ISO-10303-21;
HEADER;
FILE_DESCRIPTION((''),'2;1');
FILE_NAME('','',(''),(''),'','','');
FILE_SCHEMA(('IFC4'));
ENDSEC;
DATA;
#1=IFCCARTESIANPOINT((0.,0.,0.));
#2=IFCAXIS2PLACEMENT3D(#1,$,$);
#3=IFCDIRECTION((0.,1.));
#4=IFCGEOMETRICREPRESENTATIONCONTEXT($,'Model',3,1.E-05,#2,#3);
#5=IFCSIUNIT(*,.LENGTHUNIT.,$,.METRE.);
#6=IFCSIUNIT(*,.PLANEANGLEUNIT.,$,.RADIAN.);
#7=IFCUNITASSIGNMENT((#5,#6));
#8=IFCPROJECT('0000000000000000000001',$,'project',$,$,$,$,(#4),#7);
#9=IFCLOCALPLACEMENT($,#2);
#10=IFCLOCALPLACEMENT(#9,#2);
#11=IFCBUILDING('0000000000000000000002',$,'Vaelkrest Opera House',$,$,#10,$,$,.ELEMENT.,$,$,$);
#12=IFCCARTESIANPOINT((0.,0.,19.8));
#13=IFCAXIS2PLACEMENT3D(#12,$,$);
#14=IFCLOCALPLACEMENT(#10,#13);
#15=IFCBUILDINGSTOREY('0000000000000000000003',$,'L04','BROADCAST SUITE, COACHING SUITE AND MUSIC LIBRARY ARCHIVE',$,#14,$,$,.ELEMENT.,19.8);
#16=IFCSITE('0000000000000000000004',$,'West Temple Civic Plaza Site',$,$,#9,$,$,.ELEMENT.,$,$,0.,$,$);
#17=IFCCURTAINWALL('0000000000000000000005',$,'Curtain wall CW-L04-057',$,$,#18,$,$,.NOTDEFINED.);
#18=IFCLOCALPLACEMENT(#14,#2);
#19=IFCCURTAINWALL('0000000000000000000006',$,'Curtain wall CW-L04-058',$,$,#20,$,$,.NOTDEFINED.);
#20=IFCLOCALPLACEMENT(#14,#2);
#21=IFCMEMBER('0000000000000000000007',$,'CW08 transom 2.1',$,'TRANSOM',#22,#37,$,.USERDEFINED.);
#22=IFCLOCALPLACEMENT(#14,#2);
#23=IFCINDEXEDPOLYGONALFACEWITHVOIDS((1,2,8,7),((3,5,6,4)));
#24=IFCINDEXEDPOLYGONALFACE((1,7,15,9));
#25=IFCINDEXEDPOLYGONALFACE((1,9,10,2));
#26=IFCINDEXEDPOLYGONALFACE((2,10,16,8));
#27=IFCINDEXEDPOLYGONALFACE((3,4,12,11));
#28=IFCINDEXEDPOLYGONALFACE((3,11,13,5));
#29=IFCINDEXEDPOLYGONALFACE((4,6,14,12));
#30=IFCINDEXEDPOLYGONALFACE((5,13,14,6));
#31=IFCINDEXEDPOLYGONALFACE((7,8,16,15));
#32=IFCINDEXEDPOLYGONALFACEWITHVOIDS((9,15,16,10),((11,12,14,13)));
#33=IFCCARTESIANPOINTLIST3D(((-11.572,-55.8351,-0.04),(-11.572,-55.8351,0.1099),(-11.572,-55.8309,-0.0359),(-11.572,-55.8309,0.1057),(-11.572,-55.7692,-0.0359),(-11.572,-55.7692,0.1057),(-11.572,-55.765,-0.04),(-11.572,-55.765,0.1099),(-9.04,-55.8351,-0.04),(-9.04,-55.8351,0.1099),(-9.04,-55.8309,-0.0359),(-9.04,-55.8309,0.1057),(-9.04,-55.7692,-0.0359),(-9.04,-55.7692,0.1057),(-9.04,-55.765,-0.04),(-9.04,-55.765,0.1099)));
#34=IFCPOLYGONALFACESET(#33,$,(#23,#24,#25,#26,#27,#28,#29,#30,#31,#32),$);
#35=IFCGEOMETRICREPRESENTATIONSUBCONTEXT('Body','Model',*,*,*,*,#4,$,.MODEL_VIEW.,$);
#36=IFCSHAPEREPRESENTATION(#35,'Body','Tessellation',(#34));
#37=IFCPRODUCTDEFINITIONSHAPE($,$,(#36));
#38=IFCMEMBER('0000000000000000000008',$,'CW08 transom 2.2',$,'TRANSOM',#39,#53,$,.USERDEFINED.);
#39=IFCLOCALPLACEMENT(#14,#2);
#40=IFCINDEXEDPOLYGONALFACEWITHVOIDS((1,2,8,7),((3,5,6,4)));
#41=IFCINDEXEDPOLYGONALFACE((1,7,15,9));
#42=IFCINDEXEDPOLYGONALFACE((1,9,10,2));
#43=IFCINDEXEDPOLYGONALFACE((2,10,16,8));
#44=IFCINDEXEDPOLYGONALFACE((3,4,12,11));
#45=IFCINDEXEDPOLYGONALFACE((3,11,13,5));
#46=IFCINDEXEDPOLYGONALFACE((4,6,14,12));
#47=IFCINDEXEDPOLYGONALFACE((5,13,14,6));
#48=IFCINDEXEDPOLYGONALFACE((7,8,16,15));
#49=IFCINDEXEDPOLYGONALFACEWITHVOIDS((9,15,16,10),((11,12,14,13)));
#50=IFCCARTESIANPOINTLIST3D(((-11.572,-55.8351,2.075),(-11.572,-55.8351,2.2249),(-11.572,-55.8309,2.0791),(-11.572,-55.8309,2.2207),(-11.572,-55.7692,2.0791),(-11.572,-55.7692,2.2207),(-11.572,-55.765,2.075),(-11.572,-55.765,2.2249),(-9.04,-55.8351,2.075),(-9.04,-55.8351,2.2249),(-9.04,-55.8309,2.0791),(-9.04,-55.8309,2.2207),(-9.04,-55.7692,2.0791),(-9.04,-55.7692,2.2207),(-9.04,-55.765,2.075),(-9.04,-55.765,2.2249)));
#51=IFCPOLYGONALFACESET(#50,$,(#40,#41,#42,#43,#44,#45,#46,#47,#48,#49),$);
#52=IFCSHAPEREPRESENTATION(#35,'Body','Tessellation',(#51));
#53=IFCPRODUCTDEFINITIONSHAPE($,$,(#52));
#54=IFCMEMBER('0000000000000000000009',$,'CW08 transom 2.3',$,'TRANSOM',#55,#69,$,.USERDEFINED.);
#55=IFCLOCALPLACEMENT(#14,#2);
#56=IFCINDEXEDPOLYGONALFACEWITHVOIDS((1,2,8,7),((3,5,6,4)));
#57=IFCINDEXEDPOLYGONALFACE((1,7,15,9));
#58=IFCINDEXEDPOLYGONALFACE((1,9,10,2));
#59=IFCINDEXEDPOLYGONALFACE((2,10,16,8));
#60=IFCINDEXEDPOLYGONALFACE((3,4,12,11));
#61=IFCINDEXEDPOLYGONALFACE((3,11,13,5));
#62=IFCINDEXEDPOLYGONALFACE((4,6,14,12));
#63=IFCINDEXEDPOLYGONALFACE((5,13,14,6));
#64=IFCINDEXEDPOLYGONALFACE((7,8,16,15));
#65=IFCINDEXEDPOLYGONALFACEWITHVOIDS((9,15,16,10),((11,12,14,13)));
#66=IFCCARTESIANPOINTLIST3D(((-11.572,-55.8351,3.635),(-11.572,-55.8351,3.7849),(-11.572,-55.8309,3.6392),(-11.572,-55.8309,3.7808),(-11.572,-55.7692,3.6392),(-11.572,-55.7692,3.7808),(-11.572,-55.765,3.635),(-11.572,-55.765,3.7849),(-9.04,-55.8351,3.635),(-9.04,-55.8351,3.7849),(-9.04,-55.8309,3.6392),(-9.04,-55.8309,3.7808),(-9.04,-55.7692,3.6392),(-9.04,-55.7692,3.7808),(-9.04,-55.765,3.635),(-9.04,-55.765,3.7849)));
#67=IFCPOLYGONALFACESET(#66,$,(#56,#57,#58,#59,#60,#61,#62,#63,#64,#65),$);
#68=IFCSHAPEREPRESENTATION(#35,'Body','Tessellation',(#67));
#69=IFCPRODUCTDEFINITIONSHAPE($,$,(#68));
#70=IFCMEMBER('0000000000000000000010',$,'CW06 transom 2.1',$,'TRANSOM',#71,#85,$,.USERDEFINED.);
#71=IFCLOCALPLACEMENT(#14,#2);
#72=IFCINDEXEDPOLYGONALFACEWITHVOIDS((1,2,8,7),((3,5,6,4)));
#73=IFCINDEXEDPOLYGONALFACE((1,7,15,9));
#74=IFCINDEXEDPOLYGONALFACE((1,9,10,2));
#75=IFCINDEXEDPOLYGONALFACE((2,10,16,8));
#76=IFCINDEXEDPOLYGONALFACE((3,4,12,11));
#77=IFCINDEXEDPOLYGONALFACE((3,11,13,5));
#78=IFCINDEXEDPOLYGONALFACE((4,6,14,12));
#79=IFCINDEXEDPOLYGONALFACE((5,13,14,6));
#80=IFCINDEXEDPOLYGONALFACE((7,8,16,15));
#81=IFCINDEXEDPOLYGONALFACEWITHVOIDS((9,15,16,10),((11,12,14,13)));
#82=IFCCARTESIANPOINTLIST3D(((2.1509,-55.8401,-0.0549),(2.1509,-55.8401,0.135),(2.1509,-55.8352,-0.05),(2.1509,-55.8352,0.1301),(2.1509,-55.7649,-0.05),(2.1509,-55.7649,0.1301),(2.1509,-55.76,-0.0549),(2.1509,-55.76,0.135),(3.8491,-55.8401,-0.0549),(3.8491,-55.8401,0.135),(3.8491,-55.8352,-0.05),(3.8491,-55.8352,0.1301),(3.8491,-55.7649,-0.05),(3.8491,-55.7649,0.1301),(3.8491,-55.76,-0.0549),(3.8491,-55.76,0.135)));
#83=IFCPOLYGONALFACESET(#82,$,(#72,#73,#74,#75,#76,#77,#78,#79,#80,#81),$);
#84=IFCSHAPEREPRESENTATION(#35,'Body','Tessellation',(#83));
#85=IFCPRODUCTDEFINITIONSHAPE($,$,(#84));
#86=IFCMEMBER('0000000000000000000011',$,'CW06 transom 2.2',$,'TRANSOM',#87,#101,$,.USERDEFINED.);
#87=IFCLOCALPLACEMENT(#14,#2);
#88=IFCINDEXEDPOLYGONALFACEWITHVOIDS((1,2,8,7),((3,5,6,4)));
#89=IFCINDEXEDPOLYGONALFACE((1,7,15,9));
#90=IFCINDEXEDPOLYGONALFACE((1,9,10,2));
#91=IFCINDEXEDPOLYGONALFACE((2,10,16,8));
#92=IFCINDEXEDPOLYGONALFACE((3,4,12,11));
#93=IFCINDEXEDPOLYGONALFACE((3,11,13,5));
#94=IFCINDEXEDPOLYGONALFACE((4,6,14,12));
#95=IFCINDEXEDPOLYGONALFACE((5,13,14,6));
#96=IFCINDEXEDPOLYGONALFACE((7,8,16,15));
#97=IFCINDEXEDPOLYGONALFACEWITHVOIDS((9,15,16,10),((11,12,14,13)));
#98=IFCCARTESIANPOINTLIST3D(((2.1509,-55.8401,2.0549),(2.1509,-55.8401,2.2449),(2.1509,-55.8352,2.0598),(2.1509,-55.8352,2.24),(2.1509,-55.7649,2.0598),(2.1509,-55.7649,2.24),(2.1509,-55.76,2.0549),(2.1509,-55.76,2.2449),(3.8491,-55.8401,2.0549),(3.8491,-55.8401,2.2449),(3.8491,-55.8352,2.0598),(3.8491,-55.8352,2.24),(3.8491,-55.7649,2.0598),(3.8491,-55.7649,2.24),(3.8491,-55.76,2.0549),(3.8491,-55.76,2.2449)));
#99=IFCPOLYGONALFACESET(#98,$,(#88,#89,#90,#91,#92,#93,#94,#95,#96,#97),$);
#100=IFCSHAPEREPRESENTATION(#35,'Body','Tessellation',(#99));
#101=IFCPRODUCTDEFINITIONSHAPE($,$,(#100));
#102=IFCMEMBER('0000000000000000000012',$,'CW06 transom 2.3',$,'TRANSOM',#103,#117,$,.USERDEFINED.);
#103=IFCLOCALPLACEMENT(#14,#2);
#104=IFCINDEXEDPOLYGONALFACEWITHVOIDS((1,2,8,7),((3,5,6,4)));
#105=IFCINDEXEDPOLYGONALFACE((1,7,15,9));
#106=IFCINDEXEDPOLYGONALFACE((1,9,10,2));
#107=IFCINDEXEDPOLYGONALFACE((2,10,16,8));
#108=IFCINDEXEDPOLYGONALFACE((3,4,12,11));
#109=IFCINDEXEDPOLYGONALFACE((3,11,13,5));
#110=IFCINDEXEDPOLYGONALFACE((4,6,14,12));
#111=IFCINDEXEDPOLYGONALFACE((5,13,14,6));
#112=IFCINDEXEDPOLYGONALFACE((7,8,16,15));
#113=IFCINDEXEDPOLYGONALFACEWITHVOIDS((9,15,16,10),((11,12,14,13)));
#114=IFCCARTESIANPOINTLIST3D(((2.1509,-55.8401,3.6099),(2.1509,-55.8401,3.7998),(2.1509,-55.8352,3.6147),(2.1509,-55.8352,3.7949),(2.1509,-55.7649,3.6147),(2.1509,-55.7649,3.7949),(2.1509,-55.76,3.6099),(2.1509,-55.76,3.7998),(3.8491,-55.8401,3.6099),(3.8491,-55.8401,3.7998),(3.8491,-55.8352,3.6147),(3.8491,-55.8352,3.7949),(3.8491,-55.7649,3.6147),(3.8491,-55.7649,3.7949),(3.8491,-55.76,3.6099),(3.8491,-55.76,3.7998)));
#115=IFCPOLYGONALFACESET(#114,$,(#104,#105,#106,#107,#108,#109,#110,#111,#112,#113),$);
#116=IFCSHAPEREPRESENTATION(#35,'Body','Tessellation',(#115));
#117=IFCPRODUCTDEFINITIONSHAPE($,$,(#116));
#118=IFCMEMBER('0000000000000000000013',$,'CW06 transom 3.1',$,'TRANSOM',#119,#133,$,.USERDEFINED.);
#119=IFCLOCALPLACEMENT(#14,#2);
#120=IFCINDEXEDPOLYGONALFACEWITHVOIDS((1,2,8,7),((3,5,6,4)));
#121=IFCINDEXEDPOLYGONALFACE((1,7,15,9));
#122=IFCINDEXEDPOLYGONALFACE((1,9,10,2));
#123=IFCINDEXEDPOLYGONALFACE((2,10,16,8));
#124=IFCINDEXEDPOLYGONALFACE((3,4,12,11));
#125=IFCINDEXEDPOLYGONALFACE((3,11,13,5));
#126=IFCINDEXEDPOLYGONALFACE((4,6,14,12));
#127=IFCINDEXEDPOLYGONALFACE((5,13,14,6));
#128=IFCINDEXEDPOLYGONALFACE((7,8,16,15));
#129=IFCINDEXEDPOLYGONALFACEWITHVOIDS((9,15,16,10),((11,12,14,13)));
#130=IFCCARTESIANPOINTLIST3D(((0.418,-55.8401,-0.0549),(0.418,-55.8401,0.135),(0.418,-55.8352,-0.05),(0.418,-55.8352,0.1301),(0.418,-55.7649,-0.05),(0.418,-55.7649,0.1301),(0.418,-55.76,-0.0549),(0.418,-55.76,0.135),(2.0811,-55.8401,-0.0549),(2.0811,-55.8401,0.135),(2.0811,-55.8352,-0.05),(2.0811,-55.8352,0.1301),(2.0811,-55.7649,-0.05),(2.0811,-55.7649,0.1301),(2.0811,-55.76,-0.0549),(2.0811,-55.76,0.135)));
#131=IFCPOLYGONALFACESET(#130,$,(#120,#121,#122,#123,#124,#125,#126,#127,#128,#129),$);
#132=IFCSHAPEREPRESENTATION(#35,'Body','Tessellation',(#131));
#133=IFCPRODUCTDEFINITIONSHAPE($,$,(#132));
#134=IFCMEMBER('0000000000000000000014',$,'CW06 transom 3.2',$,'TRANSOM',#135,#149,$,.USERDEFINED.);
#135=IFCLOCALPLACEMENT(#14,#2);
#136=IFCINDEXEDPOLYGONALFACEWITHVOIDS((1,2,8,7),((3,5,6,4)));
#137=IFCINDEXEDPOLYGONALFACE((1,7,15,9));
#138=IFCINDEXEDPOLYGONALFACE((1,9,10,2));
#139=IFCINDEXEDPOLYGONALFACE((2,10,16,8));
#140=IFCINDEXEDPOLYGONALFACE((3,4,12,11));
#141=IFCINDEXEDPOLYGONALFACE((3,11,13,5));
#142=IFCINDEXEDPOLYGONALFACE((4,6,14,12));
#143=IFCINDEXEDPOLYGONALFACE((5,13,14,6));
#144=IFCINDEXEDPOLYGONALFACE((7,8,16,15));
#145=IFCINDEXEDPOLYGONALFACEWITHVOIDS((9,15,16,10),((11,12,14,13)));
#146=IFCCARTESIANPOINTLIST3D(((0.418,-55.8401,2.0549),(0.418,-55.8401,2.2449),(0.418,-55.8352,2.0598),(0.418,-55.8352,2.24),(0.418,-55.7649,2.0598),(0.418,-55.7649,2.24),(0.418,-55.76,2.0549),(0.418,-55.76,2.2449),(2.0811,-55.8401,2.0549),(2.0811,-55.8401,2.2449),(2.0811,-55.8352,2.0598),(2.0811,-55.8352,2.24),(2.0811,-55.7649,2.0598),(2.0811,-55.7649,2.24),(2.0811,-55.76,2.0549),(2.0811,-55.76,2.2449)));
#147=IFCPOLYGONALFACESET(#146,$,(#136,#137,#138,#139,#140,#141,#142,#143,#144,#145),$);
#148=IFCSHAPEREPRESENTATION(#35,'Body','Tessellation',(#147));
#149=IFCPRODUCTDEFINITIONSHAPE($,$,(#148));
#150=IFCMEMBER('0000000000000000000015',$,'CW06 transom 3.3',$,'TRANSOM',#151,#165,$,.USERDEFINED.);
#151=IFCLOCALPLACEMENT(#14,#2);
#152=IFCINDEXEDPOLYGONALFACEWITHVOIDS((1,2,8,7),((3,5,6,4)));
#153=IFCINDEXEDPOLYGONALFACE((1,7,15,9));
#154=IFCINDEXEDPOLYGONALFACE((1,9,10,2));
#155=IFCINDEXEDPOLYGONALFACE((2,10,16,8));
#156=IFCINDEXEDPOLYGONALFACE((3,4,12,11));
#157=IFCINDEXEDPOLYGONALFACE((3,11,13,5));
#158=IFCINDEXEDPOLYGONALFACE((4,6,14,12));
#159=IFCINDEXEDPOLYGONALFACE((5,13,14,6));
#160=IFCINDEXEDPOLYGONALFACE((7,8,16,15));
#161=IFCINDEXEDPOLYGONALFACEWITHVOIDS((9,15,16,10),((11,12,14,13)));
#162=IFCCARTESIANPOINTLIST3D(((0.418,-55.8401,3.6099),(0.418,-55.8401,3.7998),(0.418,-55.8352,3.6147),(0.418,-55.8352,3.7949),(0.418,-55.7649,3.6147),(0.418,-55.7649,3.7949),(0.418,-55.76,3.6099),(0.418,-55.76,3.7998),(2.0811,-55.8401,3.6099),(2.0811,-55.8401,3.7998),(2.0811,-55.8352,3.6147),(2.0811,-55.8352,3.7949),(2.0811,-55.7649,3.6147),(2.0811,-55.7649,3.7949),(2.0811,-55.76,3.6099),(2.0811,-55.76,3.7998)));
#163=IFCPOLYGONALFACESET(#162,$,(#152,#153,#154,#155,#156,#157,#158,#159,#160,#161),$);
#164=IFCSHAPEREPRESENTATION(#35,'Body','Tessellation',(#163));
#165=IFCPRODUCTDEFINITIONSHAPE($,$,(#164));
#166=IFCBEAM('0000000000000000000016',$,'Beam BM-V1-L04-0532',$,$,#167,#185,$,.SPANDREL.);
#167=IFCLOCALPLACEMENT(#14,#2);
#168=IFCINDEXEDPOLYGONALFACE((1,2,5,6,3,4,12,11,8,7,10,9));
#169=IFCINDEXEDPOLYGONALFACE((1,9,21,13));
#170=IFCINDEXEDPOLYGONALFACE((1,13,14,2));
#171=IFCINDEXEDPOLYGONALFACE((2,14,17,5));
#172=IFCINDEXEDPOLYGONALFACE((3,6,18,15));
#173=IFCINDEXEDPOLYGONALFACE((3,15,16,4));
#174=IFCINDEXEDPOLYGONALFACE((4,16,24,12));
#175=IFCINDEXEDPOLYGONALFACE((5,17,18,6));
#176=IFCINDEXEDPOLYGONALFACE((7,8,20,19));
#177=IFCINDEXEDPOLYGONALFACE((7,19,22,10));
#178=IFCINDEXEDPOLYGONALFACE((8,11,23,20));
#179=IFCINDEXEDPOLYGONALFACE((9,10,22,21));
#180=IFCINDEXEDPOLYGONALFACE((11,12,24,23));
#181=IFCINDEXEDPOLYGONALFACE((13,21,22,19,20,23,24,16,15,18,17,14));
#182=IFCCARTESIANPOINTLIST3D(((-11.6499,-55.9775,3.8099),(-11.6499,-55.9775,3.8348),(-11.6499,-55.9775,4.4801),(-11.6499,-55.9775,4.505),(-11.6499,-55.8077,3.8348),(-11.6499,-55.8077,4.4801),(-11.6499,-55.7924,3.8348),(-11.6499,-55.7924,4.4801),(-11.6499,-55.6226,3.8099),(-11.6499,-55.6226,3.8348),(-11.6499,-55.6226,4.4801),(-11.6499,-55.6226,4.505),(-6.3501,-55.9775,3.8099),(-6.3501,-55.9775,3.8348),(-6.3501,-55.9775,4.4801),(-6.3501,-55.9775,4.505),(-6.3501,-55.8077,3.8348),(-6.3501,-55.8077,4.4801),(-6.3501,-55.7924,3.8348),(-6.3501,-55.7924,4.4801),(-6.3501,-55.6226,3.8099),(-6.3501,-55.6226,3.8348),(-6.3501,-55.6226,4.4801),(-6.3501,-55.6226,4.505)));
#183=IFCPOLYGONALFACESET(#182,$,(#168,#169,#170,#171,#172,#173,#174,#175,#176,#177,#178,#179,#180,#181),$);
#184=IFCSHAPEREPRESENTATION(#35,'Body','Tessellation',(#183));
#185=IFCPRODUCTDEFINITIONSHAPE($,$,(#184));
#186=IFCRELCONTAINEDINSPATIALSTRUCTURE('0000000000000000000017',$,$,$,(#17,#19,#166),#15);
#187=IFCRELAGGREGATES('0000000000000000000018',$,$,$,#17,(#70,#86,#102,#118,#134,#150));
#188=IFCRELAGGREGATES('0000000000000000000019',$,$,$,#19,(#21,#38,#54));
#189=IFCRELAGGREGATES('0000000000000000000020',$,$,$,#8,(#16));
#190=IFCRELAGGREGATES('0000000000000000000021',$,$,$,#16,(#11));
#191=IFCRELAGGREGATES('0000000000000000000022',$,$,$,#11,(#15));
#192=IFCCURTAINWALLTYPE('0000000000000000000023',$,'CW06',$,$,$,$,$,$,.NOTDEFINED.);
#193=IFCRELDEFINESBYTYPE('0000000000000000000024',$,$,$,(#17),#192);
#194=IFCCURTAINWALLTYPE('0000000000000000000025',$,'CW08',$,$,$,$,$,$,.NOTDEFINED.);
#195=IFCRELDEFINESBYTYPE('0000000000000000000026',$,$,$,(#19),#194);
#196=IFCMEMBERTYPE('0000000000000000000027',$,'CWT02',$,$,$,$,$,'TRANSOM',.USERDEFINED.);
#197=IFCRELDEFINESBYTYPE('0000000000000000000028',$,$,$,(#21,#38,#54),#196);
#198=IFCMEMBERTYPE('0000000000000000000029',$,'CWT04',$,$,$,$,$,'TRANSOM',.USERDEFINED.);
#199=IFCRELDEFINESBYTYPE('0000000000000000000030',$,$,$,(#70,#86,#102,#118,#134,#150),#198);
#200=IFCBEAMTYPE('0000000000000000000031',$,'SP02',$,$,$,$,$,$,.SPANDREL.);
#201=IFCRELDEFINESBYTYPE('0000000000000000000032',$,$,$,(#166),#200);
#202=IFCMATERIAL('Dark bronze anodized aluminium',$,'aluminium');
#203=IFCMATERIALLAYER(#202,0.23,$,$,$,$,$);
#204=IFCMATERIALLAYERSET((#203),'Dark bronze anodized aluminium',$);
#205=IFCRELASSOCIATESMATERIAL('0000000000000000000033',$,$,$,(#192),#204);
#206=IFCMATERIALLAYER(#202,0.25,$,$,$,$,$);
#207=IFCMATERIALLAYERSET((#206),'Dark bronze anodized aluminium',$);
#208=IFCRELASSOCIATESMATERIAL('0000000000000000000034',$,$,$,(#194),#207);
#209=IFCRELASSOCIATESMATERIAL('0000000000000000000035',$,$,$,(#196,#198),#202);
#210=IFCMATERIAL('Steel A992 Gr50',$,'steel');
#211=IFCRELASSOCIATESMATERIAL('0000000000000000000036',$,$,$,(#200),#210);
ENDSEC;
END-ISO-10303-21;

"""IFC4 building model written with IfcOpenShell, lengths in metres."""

from ifc_helpers import new_model, si_unit, direction, frame, origin, origin_2d, place, context, subcontext, project, spatial, hollow_rectangle, i_section, extrude, material, layer, layer_set, material_profile, profile_set, type_object, element, aggregate, save


model = new_model("IFC4")

# Units and contexts
model_context = context("Model", 3, precision=1e-05, world=origin(), true_north=direction((0.0, 1.0)))
body_context = subcontext(model_context, "Body", "Model", "MODEL_VIEW")
ifc_project = project(units=[si_unit("LENGTHUNIT", "METRE"), si_unit("PLANEANGLEUNIT", "RADIAN")], contexts=[model_context])

# Site, building, storey
site_placement = place(None, origin())
site = spatial("IfcSite", under=ifc_project, at=site_placement, Name="West Temple Civic Plaza Site", CompositionType="ELEMENT", RefElevation=0.0)
building_placement = place(site_placement, origin())
building = spatial("IfcBuilding", under=site, at=building_placement, Name="Vaelkrest Opera House", CompositionType="ELEMENT")
storey_placement = place(building_placement, frame((0.0, 0.0, 19.8)))
storey = spatial("IfcBuildingStorey", under=building, at=storey_placement, Name="L04", Description="BROADCAST SUITE, COACHING SUITE AND MUSIC LIBRARY ARCHIVE", CompositionType="ELEMENT", Elevation=19.8)

# Curtain walls, members
ifc_material_1 = material(Name="Dark bronze anodized aluminium", Category="aluminium")
ifc_layer_1 = layer(ifc_material_1, 0.23)
ifc_layer_set_1 = layer_set([ifc_layer_1], Name="Dark bronze anodized aluminium")
curtain_wall_type_1 = type_object("IfcCurtainWallType", Name="CW06", PredefinedType="NOTDEFINED", material=ifc_layer_set_1)
curtain_wall_1_placement = place(storey_placement, origin())
curtain_wall_1 = element("IfcCurtainWall", 1, at=curtain_wall_1_placement, inside=storey, type_object=curtain_wall_type_1, Name="Curtain wall CW-L04-057", PredefinedType="NOTDEFINED")
ifc_layer_2 = layer(ifc_material_1, 0.25)
ifc_layer_set_2 = layer_set([ifc_layer_2], Name="Dark bronze anodized aluminium")
curtain_wall_type_2 = type_object("IfcCurtainWallType", Name="CW08", PredefinedType="NOTDEFINED", material=ifc_layer_set_2)
curtain_wall_2_placement = place(storey_placement, origin())
curtain_wall_2 = element("IfcCurtainWall", 2, at=curtain_wall_2_placement, inside=storey, type_object=curtain_wall_type_2, Name="Curtain wall CW-L04-058", PredefinedType="NOTDEFINED")
ifc_material_profile_1 = material_profile(ifc_material_1, hollow_rectangle(XDim=0.0701, YDim=0.1499, WallThickness=0.0042, at=origin_2d()), Name="CWT70X150")
ifc_profile_set_1 = profile_set([ifc_material_profile_1], Name="Dark bronze anodized aluminium")
member_type_1 = type_object("IfcMemberType", Name="CWT02", ElementType="TRANSOM", PredefinedType="USERDEFINED", material=ifc_profile_set_1)
member_1_placement = place(storey_placement, frame((-9.04, -55.8, 0.0349), z_axis=(-1.0, 0.0, 0.0), x_axis=(0.0, -1.0, 0.0)))
member_1 = element("IfcMember", 3, at=member_1_placement, type_object=member_type_1, Name="CW08 transom 2.1", ObjectType="TRANSOM", PredefinedType="USERDEFINED", context=body_context, shape_type="SweptSolid", body=[
    extrude(hollow_rectangle(XDim=0.0701, YDim=0.1499, WallThickness=0.0042, at=origin_2d()), origin(), (0.0, 0.0, 1.0), 2.532),
])
member_2_placement = place(storey_placement, frame((-9.04, -55.8, 2.1499), z_axis=(-1.0, 0.0, 0.0), x_axis=(0.0, -1.0, 0.0)))
member_2 = element("IfcMember", 4, at=member_2_placement, type_object=member_type_1, Name="CW08 transom 2.2", ObjectType="TRANSOM", PredefinedType="USERDEFINED", context=body_context, shape_type="SweptSolid", body=[
    extrude(hollow_rectangle(XDim=0.0701, YDim=0.1499, WallThickness=0.0042, at=origin_2d()), origin(), (0.0, 0.0, 1.0), 2.532),
])
member_3_placement = place(storey_placement, frame((-9.04, -55.8, 3.71), z_axis=(-1.0, 0.0, 0.0), x_axis=(0.0, -1.0, 0.0)))
member_3 = element("IfcMember", 5, at=member_3_placement, type_object=member_type_1, Name="CW08 transom 2.3", ObjectType="TRANSOM", PredefinedType="USERDEFINED", context=body_context, shape_type="SweptSolid", body=[
    extrude(hollow_rectangle(XDim=0.0701, YDim=0.1499, WallThickness=0.0042, at=origin_2d()), origin(), (0.0, 0.0, 1.0), 2.532),
])

# Members
ifc_material_profile_2 = material_profile(ifc_material_1, hollow_rectangle(XDim=0.0801, YDim=0.1899, WallThickness=0.0049, at=origin_2d()), Name="CWT80X190")
ifc_profile_set_2 = profile_set([ifc_material_profile_2], Name="Dark bronze anodized aluminium")
member_type_2 = type_object("IfcMemberType", Name="CWT04", ElementType="TRANSOM", PredefinedType="USERDEFINED", material=ifc_profile_set_2)
member_4_placement = place(storey_placement, frame((3.8491, -55.8, 0.04), z_axis=(-1.0, 0.0, 0.0), x_axis=(0.0, -1.0, 0.0)))
member_4 = element("IfcMember", 6, at=member_4_placement, type_object=member_type_2, Name="CW06 transom 2.1", ObjectType="TRANSOM", PredefinedType="USERDEFINED", context=body_context, shape_type="SweptSolid", body=[
    extrude(hollow_rectangle(XDim=0.0801, YDim=0.1899, WallThickness=0.0049, at=origin_2d()), origin(), (0.0, 0.0, 1.0), 1.6982),
])
member_5_placement = place(storey_placement, frame((3.8491, -55.8, 2.1499), z_axis=(-1.0, 0.0, 0.0), x_axis=(0.0, -1.0, 0.0)))
member_5 = element("IfcMember", 7, at=member_5_placement, type_object=member_type_2, Name="CW06 transom 2.2", ObjectType="TRANSOM", PredefinedType="USERDEFINED", context=body_context, shape_type="SweptSolid", body=[
    extrude(hollow_rectangle(XDim=0.0801, YDim=0.1899, WallThickness=0.0049, at=origin_2d()), origin(), (0.0, 0.0, 1.0), 1.6982),
])
member_6_placement = place(storey_placement, frame((3.8491, -55.8, 3.7048), z_axis=(-1.0, 0.0, 0.0), x_axis=(0.0, -1.0, 0.0)))
member_6 = element("IfcMember", 8, at=member_6_placement, type_object=member_type_2, Name="CW06 transom 2.3", ObjectType="TRANSOM", PredefinedType="USERDEFINED", context=body_context, shape_type="SweptSolid", body=[
    extrude(hollow_rectangle(XDim=0.0801, YDim=0.1899, WallThickness=0.0049, at=origin_2d()), origin(), (0.0, 0.0, 1.0), 1.6982),
])
member_7_placement = place(storey_placement, frame((2.0811, -55.8, 0.04), z_axis=(-1.0, 0.0, 0.0), x_axis=(0.0, -1.0, 0.0)))
member_7 = element("IfcMember", 9, at=member_7_placement, type_object=member_type_2, Name="CW06 transom 3.1", ObjectType="TRANSOM", PredefinedType="USERDEFINED", context=body_context, shape_type="SweptSolid", body=[
    extrude(hollow_rectangle(XDim=0.0801, YDim=0.1899, WallThickness=0.0049, at=origin_2d()), origin(), (0.0, 0.0, 1.0), 1.6631),
])
member_8_placement = place(storey_placement, frame((2.0811, -55.8, 2.1499), z_axis=(-1.0, 0.0, 0.0), x_axis=(0.0, -1.0, 0.0)))
member_8 = element("IfcMember", 10, at=member_8_placement, type_object=member_type_2, Name="CW06 transom 3.2", ObjectType="TRANSOM", PredefinedType="USERDEFINED", context=body_context, shape_type="SweptSolid", body=[
    extrude(hollow_rectangle(XDim=0.0801, YDim=0.1899, WallThickness=0.0049, at=origin_2d()), origin(), (0.0, 0.0, 1.0), 1.6631),
])
member_9_placement = place(storey_placement, frame((2.0811, -55.8, 3.7048), z_axis=(-1.0, 0.0, 0.0), x_axis=(0.0, -1.0, 0.0)))
member_9 = element("IfcMember", 11, at=member_9_placement, type_object=member_type_2, Name="CW06 transom 3.3", ObjectType="TRANSOM", PredefinedType="USERDEFINED", context=body_context, shape_type="SweptSolid", body=[
    extrude(hollow_rectangle(XDim=0.0801, YDim=0.1899, WallThickness=0.0049, at=origin_2d()), origin(), (0.0, 0.0, 1.0), 1.6631),
])

# Beam
ifc_material_2 = material(Name="Steel A992 Gr50", Category="steel")
ifc_material_profile_3 = material_profile(ifc_material_2, i_section(OverallWidth=0.355, OverallDepth=0.6951, WebThickness=0.0154, FlangeThickness=0.0249, at=origin_2d()), Name="W27X146")
ifc_profile_set_3 = profile_set([ifc_material_profile_3], Name="Steel A992 Gr50")
beam_type = type_object("IfcBeamType", Name="SP02", PredefinedType="SPANDREL", material=ifc_profile_set_3)
for number, where, z_axis, x_axis, name in (
    (12, (-11.6499, -55.8, 4.1575), (1.0, 0.0, 0.0), (0.0, 1.0, 0.0), "Beam BM-V1-L04-0532"),
):
    element("IfcBeam", number, at=place(storey_placement, frame(where, z_axis=z_axis, x_axis=x_axis)), inside=storey, type_object=beam_type, Name=name, PredefinedType="SPANDREL", context=body_context, shape_type="SweptSolid", body=[
        extrude(i_section(OverallWidth=0.355, OverallDepth=0.6951, WebThickness=0.0154, FlangeThickness=0.0249, at=origin_2d()), origin(), (0.0, 0.0, 1.0), 5.2998),
    ])

aggregate(curtain_wall_1, [member_4, member_5, member_6, member_7, member_8, member_9])
aggregate(curtain_wall_2, [member_1, member_2, member_3])

save(model, "model.ifc")
